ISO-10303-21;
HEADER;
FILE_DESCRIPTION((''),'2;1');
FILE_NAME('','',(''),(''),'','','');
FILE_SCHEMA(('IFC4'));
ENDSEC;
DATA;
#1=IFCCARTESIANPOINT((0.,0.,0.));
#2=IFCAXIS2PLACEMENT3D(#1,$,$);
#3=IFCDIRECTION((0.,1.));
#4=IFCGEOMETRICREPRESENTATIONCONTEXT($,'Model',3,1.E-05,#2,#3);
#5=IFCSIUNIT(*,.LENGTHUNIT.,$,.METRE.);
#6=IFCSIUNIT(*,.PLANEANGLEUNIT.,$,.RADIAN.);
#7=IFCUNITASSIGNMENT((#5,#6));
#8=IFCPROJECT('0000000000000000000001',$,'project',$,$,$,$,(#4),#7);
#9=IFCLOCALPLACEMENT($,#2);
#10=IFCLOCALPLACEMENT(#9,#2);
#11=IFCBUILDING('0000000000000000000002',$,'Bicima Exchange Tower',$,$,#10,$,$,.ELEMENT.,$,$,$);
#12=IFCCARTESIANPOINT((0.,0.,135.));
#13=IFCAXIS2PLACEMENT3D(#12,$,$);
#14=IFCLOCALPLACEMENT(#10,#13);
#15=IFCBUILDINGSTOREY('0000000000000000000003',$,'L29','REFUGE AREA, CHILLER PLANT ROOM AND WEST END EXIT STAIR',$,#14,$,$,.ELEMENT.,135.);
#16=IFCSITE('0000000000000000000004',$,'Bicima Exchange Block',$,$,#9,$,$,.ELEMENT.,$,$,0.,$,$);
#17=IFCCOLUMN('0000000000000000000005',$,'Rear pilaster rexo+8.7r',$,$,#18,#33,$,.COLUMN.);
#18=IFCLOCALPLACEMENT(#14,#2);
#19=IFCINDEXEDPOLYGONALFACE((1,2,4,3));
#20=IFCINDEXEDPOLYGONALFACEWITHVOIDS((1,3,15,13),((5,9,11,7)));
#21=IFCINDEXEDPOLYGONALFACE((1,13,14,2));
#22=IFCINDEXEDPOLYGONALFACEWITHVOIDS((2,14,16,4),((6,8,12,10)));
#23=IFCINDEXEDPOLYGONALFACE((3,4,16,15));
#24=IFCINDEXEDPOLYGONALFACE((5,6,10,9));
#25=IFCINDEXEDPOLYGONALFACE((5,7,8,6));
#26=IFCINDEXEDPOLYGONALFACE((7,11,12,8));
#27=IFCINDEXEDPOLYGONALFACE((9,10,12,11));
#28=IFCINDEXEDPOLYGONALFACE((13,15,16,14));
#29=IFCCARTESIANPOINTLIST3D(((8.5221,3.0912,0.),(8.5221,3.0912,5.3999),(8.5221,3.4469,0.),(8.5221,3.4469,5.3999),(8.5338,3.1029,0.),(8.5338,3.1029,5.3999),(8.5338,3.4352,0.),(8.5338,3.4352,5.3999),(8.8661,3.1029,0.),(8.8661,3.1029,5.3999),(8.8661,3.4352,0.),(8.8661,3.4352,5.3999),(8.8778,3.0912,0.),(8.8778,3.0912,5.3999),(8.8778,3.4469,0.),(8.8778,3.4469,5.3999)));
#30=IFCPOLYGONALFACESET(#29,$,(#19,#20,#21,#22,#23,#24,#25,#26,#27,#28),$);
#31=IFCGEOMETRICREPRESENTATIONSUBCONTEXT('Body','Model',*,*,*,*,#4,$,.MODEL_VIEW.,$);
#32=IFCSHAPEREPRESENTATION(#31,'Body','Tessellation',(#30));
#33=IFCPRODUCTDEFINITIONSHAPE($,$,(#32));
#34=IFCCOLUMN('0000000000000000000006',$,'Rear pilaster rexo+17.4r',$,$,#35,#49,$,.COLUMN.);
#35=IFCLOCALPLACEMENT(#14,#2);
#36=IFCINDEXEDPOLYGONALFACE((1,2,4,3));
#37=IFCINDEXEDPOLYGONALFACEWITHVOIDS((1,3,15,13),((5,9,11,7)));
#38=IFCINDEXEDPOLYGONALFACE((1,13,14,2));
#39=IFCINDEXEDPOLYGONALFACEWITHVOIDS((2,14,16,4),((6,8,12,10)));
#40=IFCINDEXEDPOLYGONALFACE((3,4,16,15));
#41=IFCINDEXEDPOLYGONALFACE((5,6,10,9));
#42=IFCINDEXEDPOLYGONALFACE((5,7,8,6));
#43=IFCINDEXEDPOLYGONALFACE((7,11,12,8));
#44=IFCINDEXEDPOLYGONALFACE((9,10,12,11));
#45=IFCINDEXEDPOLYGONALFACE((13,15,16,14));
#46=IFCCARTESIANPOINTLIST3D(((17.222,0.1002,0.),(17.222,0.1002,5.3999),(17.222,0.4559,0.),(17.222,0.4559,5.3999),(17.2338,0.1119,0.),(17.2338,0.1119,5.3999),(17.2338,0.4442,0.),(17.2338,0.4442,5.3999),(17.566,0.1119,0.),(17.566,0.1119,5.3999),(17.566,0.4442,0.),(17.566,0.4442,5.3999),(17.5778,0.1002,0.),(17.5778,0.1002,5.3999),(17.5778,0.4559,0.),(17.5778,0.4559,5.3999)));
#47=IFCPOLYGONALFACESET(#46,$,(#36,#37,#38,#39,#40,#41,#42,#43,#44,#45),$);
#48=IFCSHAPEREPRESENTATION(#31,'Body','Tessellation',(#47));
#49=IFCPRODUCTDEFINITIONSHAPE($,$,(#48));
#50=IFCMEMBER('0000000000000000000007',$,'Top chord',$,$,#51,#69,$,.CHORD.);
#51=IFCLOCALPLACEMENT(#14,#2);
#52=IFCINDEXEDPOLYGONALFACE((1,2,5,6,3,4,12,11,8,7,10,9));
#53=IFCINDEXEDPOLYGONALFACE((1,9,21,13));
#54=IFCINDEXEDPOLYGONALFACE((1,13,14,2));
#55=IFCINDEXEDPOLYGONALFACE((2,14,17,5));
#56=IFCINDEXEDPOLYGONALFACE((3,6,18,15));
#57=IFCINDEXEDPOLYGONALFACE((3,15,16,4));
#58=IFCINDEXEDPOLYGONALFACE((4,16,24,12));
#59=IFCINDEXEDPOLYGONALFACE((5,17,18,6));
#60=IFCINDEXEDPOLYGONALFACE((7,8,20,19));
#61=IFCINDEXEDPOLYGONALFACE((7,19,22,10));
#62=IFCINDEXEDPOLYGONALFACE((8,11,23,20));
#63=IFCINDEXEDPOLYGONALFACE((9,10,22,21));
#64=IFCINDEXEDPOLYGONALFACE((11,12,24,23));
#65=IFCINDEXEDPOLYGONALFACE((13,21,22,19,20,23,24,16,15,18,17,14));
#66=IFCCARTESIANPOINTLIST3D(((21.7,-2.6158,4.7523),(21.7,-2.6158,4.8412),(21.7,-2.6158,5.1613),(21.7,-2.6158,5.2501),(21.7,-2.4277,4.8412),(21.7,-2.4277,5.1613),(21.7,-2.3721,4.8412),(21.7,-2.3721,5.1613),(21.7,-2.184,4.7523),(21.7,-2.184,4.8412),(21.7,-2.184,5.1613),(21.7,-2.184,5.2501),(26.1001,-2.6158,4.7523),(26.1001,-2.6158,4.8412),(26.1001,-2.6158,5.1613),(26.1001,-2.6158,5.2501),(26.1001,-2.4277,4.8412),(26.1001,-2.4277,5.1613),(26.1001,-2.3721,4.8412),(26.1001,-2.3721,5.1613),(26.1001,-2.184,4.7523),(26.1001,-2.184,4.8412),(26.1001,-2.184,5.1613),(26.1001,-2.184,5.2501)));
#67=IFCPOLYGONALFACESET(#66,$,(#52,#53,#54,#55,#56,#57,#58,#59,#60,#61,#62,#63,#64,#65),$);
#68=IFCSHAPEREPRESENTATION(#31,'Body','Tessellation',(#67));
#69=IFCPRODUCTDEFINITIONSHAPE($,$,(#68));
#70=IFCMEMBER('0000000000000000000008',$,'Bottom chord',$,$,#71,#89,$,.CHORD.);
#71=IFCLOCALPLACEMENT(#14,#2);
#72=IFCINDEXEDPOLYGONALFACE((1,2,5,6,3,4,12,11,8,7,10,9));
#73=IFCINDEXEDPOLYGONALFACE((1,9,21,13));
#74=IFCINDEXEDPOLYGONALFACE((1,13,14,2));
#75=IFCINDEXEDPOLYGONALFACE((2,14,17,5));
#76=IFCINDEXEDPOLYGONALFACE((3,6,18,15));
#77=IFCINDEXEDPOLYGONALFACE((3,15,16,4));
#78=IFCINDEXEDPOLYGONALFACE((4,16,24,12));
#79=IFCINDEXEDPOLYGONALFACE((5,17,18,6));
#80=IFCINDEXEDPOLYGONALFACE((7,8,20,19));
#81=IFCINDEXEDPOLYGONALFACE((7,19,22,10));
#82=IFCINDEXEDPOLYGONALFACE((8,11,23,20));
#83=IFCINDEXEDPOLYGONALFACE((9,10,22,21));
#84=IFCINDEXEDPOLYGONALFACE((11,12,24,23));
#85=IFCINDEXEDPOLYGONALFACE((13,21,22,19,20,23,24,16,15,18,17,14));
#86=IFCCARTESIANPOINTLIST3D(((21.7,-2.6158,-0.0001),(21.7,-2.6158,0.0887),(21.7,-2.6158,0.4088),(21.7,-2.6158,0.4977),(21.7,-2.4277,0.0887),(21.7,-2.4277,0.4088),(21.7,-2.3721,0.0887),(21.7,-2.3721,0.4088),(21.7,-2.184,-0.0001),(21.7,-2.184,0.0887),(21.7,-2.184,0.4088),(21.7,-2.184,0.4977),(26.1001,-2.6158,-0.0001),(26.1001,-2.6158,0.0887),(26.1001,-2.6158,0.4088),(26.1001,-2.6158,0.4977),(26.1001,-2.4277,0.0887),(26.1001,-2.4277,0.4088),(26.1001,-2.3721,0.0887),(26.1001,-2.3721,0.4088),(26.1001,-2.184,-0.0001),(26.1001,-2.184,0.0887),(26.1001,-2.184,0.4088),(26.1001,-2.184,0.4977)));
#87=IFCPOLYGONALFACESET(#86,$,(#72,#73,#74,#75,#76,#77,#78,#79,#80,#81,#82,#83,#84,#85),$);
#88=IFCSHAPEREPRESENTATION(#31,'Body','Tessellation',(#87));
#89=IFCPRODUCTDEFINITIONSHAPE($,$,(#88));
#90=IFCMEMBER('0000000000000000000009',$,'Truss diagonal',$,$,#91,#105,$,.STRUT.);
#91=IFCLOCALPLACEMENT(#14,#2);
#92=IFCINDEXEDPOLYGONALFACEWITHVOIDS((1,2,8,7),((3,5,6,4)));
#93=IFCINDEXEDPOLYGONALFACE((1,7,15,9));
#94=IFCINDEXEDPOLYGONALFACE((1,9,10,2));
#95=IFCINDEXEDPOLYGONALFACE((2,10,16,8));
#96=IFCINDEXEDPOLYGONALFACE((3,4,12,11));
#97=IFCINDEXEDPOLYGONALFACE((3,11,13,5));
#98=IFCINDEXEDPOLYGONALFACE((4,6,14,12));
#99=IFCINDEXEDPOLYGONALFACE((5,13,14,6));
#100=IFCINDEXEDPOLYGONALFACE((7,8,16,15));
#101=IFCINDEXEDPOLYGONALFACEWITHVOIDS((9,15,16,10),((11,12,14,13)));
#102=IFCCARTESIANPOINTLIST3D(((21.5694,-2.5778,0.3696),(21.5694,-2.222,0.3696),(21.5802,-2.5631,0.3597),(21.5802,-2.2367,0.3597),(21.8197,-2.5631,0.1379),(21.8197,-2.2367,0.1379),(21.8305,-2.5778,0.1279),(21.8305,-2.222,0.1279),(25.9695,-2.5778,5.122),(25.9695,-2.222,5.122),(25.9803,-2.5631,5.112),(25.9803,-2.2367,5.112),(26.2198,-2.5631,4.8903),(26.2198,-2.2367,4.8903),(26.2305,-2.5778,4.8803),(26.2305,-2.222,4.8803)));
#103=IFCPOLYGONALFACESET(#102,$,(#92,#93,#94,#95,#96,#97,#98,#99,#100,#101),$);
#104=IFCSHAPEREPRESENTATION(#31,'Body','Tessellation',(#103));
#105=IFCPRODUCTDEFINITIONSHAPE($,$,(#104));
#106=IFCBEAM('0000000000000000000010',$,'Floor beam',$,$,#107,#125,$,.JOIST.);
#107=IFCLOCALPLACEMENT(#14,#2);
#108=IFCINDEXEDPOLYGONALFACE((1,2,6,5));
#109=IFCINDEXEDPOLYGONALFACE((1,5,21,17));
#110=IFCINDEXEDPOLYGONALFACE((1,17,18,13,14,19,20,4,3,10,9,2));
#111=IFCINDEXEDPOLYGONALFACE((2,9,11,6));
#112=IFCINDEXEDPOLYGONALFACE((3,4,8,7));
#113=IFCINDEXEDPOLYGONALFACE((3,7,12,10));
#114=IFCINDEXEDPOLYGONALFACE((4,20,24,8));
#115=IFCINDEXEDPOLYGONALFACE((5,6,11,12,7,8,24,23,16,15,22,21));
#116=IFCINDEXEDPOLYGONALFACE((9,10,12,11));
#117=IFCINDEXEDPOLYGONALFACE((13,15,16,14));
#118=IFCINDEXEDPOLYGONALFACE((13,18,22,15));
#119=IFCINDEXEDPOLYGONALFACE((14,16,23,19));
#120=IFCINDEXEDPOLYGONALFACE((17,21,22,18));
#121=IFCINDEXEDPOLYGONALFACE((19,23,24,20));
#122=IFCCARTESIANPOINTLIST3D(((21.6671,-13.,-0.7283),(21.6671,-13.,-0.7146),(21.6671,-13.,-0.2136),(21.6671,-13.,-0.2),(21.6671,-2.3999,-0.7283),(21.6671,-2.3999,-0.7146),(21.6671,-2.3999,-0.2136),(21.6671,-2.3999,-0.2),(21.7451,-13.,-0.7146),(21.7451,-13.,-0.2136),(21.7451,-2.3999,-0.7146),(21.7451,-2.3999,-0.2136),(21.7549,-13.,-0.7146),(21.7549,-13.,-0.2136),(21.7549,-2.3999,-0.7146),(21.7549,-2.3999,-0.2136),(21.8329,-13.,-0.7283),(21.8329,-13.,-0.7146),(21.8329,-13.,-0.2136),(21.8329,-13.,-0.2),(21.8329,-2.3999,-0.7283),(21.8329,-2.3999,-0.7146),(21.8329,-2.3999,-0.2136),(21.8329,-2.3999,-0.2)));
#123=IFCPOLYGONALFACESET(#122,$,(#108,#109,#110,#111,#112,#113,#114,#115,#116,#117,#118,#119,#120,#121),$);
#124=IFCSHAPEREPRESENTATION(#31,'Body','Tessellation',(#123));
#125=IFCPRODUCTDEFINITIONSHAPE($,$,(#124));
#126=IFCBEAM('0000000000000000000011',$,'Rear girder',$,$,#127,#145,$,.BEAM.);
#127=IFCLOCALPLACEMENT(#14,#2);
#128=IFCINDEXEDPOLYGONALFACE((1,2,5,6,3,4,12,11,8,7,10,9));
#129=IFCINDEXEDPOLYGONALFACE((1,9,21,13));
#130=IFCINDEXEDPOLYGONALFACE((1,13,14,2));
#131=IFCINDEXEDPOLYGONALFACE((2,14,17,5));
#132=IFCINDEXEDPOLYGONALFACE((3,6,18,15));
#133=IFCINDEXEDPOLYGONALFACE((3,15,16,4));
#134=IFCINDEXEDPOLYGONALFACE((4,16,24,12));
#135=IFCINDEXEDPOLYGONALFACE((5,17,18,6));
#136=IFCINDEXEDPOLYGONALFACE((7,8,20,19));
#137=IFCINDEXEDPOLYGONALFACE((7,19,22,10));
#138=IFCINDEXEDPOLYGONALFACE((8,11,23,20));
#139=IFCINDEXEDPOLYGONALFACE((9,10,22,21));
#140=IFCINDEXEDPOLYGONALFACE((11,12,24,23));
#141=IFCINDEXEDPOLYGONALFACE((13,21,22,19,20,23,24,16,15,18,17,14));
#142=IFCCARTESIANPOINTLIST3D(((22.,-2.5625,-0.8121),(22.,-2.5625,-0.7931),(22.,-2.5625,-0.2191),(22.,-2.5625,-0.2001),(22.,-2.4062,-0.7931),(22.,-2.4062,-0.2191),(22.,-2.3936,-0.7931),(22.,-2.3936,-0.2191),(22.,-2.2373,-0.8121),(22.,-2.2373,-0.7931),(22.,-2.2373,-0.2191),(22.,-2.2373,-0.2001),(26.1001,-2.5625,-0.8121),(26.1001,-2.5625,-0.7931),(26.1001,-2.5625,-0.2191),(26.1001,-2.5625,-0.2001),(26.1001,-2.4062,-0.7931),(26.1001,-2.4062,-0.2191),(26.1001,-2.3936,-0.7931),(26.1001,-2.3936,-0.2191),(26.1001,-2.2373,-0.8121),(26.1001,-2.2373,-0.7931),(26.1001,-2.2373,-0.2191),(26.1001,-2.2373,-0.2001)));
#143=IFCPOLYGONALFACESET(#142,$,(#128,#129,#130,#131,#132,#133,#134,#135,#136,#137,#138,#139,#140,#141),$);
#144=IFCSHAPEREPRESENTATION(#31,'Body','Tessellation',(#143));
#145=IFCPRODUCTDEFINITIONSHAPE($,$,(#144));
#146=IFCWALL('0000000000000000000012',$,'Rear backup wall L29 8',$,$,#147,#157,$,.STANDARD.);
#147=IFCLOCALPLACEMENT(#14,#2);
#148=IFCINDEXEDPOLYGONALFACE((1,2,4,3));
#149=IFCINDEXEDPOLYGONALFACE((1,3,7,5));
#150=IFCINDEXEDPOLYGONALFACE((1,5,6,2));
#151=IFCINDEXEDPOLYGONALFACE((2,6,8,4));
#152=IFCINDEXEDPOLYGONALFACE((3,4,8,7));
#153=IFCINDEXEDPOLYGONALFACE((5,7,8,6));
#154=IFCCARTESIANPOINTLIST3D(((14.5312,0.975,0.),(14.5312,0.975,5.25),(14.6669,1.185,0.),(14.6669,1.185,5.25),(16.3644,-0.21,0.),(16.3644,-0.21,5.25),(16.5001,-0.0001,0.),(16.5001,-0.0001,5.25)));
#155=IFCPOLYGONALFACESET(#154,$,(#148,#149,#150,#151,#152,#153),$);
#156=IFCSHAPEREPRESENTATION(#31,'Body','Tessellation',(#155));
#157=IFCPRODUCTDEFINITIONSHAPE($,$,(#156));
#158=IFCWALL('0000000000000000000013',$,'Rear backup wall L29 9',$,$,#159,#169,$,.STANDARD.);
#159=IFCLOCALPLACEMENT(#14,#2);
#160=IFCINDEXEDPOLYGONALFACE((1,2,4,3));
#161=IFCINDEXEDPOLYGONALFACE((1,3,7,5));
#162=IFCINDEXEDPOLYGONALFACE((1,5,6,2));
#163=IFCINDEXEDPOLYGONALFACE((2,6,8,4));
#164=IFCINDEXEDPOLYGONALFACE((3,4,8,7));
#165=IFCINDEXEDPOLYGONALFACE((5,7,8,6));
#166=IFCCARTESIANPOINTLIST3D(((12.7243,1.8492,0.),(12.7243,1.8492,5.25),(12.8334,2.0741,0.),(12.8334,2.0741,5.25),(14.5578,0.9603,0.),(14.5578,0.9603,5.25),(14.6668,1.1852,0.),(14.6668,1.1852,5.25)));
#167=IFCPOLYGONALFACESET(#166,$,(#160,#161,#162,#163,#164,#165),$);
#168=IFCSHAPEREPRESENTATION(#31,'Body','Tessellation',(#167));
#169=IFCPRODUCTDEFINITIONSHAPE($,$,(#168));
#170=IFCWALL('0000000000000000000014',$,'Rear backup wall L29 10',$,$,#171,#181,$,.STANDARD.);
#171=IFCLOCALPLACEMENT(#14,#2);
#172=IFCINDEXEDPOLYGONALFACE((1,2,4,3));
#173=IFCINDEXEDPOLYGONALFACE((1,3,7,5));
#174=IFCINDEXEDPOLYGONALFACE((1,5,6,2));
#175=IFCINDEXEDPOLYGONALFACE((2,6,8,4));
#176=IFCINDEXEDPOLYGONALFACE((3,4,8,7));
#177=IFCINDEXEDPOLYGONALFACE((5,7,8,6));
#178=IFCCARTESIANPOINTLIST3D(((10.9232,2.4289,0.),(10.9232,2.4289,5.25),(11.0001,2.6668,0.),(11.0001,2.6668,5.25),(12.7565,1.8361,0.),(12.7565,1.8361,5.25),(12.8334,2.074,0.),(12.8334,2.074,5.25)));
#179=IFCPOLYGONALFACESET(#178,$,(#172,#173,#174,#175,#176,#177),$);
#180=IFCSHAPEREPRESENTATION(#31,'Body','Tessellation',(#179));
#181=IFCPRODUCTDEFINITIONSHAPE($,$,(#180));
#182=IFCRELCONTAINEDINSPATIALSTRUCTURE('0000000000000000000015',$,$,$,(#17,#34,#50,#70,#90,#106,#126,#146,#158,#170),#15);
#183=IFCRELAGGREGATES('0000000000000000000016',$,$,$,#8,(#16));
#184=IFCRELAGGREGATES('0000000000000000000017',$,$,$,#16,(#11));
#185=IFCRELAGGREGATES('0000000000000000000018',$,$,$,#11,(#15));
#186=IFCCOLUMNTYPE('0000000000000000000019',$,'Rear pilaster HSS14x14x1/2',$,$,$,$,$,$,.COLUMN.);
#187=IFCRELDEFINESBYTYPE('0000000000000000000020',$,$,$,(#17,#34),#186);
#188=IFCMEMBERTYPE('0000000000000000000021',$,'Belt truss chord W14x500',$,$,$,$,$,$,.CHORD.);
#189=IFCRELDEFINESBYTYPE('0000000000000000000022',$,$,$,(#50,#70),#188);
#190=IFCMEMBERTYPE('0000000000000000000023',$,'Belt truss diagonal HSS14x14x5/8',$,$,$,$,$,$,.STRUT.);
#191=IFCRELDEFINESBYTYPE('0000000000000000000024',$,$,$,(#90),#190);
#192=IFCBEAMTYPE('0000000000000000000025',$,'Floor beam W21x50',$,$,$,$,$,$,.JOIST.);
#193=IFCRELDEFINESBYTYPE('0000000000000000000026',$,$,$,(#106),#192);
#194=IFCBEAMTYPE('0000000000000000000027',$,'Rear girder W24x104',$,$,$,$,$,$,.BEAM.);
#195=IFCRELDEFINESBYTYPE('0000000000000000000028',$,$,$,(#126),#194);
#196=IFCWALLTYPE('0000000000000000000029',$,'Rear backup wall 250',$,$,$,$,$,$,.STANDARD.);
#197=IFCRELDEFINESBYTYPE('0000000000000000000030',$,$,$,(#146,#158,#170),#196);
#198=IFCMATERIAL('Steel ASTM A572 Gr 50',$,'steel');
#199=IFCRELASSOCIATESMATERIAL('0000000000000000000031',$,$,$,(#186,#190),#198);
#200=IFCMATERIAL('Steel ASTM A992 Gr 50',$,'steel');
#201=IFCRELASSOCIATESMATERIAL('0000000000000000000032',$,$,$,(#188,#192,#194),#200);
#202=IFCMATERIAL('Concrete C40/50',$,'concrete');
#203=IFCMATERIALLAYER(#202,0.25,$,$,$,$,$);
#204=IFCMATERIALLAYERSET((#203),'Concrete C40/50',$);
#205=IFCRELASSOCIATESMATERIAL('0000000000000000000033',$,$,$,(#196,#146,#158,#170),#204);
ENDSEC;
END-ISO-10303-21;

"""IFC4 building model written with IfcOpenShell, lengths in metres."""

from ifc_helpers import new_model, si_unit, direction, frame, frame_2d, origin, origin_2d, place, context, subcontext, project, spatial, rectangle, hollow_rectangle, i_section, extrude, material, layer, layer_set, layer_usage, material_profile, profile_set, type_object, element, save


model = new_model("IFC4")

# Units and contexts
model_context = context("Model", 3, precision=1e-05, world=origin(), true_north=direction((0.0, 1.0)))
body_context = subcontext(model_context, "Body", "Model", "MODEL_VIEW")
ifc_project = project(units=[si_unit("LENGTHUNIT", "METRE"), si_unit("PLANEANGLEUNIT", "RADIAN")], contexts=[model_context])

# Site, building, storey
site_placement = place(None, origin())
site = spatial("IfcSite", under=ifc_project, at=site_placement, Name="Bicima Exchange Block", CompositionType="ELEMENT", RefElevation=0.0)
building_placement = place(site_placement, origin())
building = spatial("IfcBuilding", under=site, at=building_placement, Name="Bicima Exchange Tower", CompositionType="ELEMENT")
storey_placement = place(building_placement, frame((0.0, 0.0, 135.0)))
storey = spatial("IfcBuildingStorey", under=building, at=storey_placement, Name="L29", Description="REFUGE AREA, CHILLER PLANT ROOM AND WEST END EXIT STAIR", CompositionType="ELEMENT", Elevation=135.0)

# Columns
ifc_material_1 = material(Name="Steel ASTM A572 Gr 50", Category="steel")
ifc_material_profile_1 = material_profile(ifc_material_1, hollow_rectangle(XDim=0.3557, YDim=0.3557, WallThickness=0.0117, at=origin_2d()))
ifc_profile_set_1 = profile_set([ifc_material_profile_1], Name="Steel ASTM A572 Gr 50")
column_type = type_object("IfcColumnType", Name="Rear pilaster HSS14x14x1/2", PredefinedType="COLUMN", material=ifc_profile_set_1)
for number, where, z_axis, x_axis, name in (
    (1, (8.7, 3.269, 0.0), (0.0, 0.0, 1.0), (1.0, 0.0, 0.0), "Rear pilaster rexo+8.7r"),
    (2, (17.3999, 0.2781, 0.0), (0.0, 0.0, 1.0), (1.0, 0.0, 0.0), "Rear pilaster rexo+17.4r"),
):
    element("IfcColumn", number, at=place(storey_placement, frame(where, z_axis=z_axis, x_axis=x_axis)), inside=storey, type_object=column_type, Name=name, PredefinedType="COLUMN", context=body_context, shape_type="SweptSolid", body=[
        extrude(hollow_rectangle(XDim=0.3557, YDim=0.3557, WallThickness=0.0117, at=origin_2d()), origin(), (0.0, 0.0, 1.0), 5.3999),
    ])

# Members
ifc_material_2 = material(Name="Steel ASTM A992 Gr 50", Category="steel")
ifc_material_profile_2 = material_profile(ifc_material_2, i_section(OverallWidth=0.4319, OverallDepth=0.4978, WebThickness=0.0557, FlangeThickness=0.0889, at=origin_2d()))
ifc_profile_set_2 = profile_set([ifc_material_profile_2], Name="Steel ASTM A992 Gr 50")
member_type_1 = type_object("IfcMemberType", Name="Belt truss chord W14x500", PredefinedType="CHORD", material=ifc_profile_set_2)
for number, where, z_axis, x_axis, name in (
    (3, (21.7, -2.3999, 5.0012), (1.0, 0.0, 0.0), (0.0, 1.0, 0.0), "Top chord"),
    (4, (21.7, -2.3999, 0.2488), (1.0, 0.0, 0.0), (0.0, 1.0, 0.0), "Bottom chord"),
):
    element("IfcMember", number, at=place(storey_placement, frame(where, z_axis=z_axis, x_axis=x_axis)), inside=storey, type_object=member_type_1, Name=name, PredefinedType="CHORD", context=body_context, shape_type="SweptSolid", body=[
        extrude(i_section(OverallWidth=0.4319, OverallDepth=0.4978, WebThickness=0.0557, FlangeThickness=0.0889, at=origin_2d()), origin(), (0.0, 0.0, 1.0), 4.4001),
    ])
ifc_material_profile_3 = material_profile(ifc_material_1, hollow_rectangle(XDim=0.3557, YDim=0.3557, WallThickness=0.0146, at=origin_2d()))
ifc_profile_set_3 = profile_set([ifc_material_profile_3], Name="Steel ASTM A572 Gr 50")
member_type_2 = type_object("IfcMemberType", Name="Belt truss diagonal HSS14x14x5/8", PredefinedType="STRUT", material=ifc_profile_set_3)
member_placement = place(storey_placement, frame((21.7, -2.3999, 0.2488), z_axis=(0.679386, 0.0, 0.733781), x_axis=(0.0, 1.0, 0.0)))
element("IfcMember", 5, at=member_placement, inside=storey, type_object=member_type_2, Name="Truss diagonal", PredefinedType="STRUT", context=body_context, shape_type="SweptSolid", body=[
    extrude(hollow_rectangle(XDim=0.3557, YDim=0.3557, WallThickness=0.0146, at=origin_2d()), origin(), (0.0, 0.0, 1.0), 6.4766),
])

# Beams
ifc_material_profile_4 = material_profile(ifc_material_2, i_section(OverallWidth=0.1658, OverallDepth=0.5283, WebThickness=0.0098, FlangeThickness=0.0137, at=origin_2d()))
ifc_profile_set_4 = profile_set([ifc_material_profile_4], Name="Steel ASTM A992 Gr 50")
beam_type_1 = type_object("IfcBeamType", Name="Floor beam W21x50", PredefinedType="JOIST", material=ifc_profile_set_4)
beam_1_placement = place(storey_placement, frame((21.75, -2.3999, -0.4641), z_axis=(0.0, -1.0, 0.0), x_axis=(1.0, 0.0, 0.0)))
element("IfcBeam", 6, at=beam_1_placement, inside=storey, type_object=beam_type_1, Name="Floor beam", PredefinedType="JOIST", context=body_context, shape_type="SweptSolid", body=[
    extrude(i_section(OverallWidth=0.1658, OverallDepth=0.5283, WebThickness=0.0098, FlangeThickness=0.0137, at=origin_2d()), origin(), (0.0, 0.0, 1.0), 10.6001),
])
ifc_material_profile_5 = material_profile(ifc_material_2, i_section(OverallWidth=0.3252, OverallDepth=0.6121, WebThickness=0.0127, FlangeThickness=0.019, at=origin_2d()))
ifc_profile_set_5 = profile_set([ifc_material_profile_5], Name="Steel ASTM A992 Gr 50")
beam_type_2 = type_object("IfcBeamType", Name="Rear girder W24x104", PredefinedType="BEAM", material=ifc_profile_set_5)
beam_2_placement = place(storey_placement, frame((22.0, -2.3999, -0.5061), z_axis=(1.0, 0.0, 0.0), x_axis=(0.0, 1.0, 0.0)))
element("IfcBeam", 7, at=beam_2_placement, inside=storey, type_object=beam_type_2, Name="Rear girder", PredefinedType="BEAM", context=body_context, shape_type="SweptSolid", body=[
    extrude(i_section(OverallWidth=0.3252, OverallDepth=0.6121, WebThickness=0.0127, FlangeThickness=0.019, at=origin_2d()), origin(), (0.0, 0.0, 1.0), 4.1001),
])

# Walls
ifc_material_3 = material(Name="Concrete C40/50", Category="concrete")
ifc_layer_1 = layer(ifc_material_3, 0.25)
ifc_layer_set_1 = layer_set([ifc_layer_1], Name="Concrete C40/50")
ifc_layer_usage = layer_usage(ifc_layer_set_1, "AXIS2", "POSITIVE", -0.125)
wall_type = type_object("IfcWallType", Name="Rear backup wall 250", PredefinedType="STANDARD", material=ifc_layer_set_1)
wall_1_placement = place(storey_placement, frame((16.4321, -0.105, 0.0), z_axis=(0.0, 0.0, 1.0), x_axis=(-0.839813, 0.542876, 0.0)))
element("IfcWall", 8, at=wall_1_placement, inside=storey, type_object=wall_type, material=ifc_layer_usage, Name="Rear backup wall L29 8", PredefinedType="STANDARD", context=body_context, shape_type="SweptSolid", body=[
    extrude(rectangle(XDim=2.1829, YDim=0.25, at=frame_2d((1.0913, 0.0))), origin(), (0.0, 0.0, 1.0), 5.25),
])
wall_2_placement = place(storey_placement, frame((14.6123, 1.0728, 0.0), z_axis=(0.0, 0.0, 1.0), x_axis=(-0.899824, 0.436253, 0.0)))
element("IfcWall", 9, at=wall_2_placement, inside=storey, type_object=wall_type, material=ifc_layer_usage, Name="Rear backup wall L29 9", PredefinedType="STANDARD", context=body_context, shape_type="SweptSolid", body=[
    extrude(rectangle(XDim=2.0376, YDim=0.25, at=frame_2d((1.0188, 0.0))), origin(), (0.0, 0.0, 1.0), 5.25),
])
wall_3_placement = place(storey_placement, frame((12.7949, 1.9551, 0.0), z_axis=(0.0, 0.0, 1.0), x_axis=(-0.951496, 0.307662, 0.0)))
element("IfcWall", 10, at=wall_3_placement, inside=storey, type_object=wall_type, material=ifc_layer_usage, Name="Rear backup wall L29 10", PredefinedType="STANDARD", context=body_context, shape_type="SweptSolid", body=[
    extrude(rectangle(XDim=1.9268, YDim=0.25, at=frame_2d((0.9634, 0.0))), origin(), (0.0, 0.0, 1.0), 5.25),
])

save(model, "model.ifc")
